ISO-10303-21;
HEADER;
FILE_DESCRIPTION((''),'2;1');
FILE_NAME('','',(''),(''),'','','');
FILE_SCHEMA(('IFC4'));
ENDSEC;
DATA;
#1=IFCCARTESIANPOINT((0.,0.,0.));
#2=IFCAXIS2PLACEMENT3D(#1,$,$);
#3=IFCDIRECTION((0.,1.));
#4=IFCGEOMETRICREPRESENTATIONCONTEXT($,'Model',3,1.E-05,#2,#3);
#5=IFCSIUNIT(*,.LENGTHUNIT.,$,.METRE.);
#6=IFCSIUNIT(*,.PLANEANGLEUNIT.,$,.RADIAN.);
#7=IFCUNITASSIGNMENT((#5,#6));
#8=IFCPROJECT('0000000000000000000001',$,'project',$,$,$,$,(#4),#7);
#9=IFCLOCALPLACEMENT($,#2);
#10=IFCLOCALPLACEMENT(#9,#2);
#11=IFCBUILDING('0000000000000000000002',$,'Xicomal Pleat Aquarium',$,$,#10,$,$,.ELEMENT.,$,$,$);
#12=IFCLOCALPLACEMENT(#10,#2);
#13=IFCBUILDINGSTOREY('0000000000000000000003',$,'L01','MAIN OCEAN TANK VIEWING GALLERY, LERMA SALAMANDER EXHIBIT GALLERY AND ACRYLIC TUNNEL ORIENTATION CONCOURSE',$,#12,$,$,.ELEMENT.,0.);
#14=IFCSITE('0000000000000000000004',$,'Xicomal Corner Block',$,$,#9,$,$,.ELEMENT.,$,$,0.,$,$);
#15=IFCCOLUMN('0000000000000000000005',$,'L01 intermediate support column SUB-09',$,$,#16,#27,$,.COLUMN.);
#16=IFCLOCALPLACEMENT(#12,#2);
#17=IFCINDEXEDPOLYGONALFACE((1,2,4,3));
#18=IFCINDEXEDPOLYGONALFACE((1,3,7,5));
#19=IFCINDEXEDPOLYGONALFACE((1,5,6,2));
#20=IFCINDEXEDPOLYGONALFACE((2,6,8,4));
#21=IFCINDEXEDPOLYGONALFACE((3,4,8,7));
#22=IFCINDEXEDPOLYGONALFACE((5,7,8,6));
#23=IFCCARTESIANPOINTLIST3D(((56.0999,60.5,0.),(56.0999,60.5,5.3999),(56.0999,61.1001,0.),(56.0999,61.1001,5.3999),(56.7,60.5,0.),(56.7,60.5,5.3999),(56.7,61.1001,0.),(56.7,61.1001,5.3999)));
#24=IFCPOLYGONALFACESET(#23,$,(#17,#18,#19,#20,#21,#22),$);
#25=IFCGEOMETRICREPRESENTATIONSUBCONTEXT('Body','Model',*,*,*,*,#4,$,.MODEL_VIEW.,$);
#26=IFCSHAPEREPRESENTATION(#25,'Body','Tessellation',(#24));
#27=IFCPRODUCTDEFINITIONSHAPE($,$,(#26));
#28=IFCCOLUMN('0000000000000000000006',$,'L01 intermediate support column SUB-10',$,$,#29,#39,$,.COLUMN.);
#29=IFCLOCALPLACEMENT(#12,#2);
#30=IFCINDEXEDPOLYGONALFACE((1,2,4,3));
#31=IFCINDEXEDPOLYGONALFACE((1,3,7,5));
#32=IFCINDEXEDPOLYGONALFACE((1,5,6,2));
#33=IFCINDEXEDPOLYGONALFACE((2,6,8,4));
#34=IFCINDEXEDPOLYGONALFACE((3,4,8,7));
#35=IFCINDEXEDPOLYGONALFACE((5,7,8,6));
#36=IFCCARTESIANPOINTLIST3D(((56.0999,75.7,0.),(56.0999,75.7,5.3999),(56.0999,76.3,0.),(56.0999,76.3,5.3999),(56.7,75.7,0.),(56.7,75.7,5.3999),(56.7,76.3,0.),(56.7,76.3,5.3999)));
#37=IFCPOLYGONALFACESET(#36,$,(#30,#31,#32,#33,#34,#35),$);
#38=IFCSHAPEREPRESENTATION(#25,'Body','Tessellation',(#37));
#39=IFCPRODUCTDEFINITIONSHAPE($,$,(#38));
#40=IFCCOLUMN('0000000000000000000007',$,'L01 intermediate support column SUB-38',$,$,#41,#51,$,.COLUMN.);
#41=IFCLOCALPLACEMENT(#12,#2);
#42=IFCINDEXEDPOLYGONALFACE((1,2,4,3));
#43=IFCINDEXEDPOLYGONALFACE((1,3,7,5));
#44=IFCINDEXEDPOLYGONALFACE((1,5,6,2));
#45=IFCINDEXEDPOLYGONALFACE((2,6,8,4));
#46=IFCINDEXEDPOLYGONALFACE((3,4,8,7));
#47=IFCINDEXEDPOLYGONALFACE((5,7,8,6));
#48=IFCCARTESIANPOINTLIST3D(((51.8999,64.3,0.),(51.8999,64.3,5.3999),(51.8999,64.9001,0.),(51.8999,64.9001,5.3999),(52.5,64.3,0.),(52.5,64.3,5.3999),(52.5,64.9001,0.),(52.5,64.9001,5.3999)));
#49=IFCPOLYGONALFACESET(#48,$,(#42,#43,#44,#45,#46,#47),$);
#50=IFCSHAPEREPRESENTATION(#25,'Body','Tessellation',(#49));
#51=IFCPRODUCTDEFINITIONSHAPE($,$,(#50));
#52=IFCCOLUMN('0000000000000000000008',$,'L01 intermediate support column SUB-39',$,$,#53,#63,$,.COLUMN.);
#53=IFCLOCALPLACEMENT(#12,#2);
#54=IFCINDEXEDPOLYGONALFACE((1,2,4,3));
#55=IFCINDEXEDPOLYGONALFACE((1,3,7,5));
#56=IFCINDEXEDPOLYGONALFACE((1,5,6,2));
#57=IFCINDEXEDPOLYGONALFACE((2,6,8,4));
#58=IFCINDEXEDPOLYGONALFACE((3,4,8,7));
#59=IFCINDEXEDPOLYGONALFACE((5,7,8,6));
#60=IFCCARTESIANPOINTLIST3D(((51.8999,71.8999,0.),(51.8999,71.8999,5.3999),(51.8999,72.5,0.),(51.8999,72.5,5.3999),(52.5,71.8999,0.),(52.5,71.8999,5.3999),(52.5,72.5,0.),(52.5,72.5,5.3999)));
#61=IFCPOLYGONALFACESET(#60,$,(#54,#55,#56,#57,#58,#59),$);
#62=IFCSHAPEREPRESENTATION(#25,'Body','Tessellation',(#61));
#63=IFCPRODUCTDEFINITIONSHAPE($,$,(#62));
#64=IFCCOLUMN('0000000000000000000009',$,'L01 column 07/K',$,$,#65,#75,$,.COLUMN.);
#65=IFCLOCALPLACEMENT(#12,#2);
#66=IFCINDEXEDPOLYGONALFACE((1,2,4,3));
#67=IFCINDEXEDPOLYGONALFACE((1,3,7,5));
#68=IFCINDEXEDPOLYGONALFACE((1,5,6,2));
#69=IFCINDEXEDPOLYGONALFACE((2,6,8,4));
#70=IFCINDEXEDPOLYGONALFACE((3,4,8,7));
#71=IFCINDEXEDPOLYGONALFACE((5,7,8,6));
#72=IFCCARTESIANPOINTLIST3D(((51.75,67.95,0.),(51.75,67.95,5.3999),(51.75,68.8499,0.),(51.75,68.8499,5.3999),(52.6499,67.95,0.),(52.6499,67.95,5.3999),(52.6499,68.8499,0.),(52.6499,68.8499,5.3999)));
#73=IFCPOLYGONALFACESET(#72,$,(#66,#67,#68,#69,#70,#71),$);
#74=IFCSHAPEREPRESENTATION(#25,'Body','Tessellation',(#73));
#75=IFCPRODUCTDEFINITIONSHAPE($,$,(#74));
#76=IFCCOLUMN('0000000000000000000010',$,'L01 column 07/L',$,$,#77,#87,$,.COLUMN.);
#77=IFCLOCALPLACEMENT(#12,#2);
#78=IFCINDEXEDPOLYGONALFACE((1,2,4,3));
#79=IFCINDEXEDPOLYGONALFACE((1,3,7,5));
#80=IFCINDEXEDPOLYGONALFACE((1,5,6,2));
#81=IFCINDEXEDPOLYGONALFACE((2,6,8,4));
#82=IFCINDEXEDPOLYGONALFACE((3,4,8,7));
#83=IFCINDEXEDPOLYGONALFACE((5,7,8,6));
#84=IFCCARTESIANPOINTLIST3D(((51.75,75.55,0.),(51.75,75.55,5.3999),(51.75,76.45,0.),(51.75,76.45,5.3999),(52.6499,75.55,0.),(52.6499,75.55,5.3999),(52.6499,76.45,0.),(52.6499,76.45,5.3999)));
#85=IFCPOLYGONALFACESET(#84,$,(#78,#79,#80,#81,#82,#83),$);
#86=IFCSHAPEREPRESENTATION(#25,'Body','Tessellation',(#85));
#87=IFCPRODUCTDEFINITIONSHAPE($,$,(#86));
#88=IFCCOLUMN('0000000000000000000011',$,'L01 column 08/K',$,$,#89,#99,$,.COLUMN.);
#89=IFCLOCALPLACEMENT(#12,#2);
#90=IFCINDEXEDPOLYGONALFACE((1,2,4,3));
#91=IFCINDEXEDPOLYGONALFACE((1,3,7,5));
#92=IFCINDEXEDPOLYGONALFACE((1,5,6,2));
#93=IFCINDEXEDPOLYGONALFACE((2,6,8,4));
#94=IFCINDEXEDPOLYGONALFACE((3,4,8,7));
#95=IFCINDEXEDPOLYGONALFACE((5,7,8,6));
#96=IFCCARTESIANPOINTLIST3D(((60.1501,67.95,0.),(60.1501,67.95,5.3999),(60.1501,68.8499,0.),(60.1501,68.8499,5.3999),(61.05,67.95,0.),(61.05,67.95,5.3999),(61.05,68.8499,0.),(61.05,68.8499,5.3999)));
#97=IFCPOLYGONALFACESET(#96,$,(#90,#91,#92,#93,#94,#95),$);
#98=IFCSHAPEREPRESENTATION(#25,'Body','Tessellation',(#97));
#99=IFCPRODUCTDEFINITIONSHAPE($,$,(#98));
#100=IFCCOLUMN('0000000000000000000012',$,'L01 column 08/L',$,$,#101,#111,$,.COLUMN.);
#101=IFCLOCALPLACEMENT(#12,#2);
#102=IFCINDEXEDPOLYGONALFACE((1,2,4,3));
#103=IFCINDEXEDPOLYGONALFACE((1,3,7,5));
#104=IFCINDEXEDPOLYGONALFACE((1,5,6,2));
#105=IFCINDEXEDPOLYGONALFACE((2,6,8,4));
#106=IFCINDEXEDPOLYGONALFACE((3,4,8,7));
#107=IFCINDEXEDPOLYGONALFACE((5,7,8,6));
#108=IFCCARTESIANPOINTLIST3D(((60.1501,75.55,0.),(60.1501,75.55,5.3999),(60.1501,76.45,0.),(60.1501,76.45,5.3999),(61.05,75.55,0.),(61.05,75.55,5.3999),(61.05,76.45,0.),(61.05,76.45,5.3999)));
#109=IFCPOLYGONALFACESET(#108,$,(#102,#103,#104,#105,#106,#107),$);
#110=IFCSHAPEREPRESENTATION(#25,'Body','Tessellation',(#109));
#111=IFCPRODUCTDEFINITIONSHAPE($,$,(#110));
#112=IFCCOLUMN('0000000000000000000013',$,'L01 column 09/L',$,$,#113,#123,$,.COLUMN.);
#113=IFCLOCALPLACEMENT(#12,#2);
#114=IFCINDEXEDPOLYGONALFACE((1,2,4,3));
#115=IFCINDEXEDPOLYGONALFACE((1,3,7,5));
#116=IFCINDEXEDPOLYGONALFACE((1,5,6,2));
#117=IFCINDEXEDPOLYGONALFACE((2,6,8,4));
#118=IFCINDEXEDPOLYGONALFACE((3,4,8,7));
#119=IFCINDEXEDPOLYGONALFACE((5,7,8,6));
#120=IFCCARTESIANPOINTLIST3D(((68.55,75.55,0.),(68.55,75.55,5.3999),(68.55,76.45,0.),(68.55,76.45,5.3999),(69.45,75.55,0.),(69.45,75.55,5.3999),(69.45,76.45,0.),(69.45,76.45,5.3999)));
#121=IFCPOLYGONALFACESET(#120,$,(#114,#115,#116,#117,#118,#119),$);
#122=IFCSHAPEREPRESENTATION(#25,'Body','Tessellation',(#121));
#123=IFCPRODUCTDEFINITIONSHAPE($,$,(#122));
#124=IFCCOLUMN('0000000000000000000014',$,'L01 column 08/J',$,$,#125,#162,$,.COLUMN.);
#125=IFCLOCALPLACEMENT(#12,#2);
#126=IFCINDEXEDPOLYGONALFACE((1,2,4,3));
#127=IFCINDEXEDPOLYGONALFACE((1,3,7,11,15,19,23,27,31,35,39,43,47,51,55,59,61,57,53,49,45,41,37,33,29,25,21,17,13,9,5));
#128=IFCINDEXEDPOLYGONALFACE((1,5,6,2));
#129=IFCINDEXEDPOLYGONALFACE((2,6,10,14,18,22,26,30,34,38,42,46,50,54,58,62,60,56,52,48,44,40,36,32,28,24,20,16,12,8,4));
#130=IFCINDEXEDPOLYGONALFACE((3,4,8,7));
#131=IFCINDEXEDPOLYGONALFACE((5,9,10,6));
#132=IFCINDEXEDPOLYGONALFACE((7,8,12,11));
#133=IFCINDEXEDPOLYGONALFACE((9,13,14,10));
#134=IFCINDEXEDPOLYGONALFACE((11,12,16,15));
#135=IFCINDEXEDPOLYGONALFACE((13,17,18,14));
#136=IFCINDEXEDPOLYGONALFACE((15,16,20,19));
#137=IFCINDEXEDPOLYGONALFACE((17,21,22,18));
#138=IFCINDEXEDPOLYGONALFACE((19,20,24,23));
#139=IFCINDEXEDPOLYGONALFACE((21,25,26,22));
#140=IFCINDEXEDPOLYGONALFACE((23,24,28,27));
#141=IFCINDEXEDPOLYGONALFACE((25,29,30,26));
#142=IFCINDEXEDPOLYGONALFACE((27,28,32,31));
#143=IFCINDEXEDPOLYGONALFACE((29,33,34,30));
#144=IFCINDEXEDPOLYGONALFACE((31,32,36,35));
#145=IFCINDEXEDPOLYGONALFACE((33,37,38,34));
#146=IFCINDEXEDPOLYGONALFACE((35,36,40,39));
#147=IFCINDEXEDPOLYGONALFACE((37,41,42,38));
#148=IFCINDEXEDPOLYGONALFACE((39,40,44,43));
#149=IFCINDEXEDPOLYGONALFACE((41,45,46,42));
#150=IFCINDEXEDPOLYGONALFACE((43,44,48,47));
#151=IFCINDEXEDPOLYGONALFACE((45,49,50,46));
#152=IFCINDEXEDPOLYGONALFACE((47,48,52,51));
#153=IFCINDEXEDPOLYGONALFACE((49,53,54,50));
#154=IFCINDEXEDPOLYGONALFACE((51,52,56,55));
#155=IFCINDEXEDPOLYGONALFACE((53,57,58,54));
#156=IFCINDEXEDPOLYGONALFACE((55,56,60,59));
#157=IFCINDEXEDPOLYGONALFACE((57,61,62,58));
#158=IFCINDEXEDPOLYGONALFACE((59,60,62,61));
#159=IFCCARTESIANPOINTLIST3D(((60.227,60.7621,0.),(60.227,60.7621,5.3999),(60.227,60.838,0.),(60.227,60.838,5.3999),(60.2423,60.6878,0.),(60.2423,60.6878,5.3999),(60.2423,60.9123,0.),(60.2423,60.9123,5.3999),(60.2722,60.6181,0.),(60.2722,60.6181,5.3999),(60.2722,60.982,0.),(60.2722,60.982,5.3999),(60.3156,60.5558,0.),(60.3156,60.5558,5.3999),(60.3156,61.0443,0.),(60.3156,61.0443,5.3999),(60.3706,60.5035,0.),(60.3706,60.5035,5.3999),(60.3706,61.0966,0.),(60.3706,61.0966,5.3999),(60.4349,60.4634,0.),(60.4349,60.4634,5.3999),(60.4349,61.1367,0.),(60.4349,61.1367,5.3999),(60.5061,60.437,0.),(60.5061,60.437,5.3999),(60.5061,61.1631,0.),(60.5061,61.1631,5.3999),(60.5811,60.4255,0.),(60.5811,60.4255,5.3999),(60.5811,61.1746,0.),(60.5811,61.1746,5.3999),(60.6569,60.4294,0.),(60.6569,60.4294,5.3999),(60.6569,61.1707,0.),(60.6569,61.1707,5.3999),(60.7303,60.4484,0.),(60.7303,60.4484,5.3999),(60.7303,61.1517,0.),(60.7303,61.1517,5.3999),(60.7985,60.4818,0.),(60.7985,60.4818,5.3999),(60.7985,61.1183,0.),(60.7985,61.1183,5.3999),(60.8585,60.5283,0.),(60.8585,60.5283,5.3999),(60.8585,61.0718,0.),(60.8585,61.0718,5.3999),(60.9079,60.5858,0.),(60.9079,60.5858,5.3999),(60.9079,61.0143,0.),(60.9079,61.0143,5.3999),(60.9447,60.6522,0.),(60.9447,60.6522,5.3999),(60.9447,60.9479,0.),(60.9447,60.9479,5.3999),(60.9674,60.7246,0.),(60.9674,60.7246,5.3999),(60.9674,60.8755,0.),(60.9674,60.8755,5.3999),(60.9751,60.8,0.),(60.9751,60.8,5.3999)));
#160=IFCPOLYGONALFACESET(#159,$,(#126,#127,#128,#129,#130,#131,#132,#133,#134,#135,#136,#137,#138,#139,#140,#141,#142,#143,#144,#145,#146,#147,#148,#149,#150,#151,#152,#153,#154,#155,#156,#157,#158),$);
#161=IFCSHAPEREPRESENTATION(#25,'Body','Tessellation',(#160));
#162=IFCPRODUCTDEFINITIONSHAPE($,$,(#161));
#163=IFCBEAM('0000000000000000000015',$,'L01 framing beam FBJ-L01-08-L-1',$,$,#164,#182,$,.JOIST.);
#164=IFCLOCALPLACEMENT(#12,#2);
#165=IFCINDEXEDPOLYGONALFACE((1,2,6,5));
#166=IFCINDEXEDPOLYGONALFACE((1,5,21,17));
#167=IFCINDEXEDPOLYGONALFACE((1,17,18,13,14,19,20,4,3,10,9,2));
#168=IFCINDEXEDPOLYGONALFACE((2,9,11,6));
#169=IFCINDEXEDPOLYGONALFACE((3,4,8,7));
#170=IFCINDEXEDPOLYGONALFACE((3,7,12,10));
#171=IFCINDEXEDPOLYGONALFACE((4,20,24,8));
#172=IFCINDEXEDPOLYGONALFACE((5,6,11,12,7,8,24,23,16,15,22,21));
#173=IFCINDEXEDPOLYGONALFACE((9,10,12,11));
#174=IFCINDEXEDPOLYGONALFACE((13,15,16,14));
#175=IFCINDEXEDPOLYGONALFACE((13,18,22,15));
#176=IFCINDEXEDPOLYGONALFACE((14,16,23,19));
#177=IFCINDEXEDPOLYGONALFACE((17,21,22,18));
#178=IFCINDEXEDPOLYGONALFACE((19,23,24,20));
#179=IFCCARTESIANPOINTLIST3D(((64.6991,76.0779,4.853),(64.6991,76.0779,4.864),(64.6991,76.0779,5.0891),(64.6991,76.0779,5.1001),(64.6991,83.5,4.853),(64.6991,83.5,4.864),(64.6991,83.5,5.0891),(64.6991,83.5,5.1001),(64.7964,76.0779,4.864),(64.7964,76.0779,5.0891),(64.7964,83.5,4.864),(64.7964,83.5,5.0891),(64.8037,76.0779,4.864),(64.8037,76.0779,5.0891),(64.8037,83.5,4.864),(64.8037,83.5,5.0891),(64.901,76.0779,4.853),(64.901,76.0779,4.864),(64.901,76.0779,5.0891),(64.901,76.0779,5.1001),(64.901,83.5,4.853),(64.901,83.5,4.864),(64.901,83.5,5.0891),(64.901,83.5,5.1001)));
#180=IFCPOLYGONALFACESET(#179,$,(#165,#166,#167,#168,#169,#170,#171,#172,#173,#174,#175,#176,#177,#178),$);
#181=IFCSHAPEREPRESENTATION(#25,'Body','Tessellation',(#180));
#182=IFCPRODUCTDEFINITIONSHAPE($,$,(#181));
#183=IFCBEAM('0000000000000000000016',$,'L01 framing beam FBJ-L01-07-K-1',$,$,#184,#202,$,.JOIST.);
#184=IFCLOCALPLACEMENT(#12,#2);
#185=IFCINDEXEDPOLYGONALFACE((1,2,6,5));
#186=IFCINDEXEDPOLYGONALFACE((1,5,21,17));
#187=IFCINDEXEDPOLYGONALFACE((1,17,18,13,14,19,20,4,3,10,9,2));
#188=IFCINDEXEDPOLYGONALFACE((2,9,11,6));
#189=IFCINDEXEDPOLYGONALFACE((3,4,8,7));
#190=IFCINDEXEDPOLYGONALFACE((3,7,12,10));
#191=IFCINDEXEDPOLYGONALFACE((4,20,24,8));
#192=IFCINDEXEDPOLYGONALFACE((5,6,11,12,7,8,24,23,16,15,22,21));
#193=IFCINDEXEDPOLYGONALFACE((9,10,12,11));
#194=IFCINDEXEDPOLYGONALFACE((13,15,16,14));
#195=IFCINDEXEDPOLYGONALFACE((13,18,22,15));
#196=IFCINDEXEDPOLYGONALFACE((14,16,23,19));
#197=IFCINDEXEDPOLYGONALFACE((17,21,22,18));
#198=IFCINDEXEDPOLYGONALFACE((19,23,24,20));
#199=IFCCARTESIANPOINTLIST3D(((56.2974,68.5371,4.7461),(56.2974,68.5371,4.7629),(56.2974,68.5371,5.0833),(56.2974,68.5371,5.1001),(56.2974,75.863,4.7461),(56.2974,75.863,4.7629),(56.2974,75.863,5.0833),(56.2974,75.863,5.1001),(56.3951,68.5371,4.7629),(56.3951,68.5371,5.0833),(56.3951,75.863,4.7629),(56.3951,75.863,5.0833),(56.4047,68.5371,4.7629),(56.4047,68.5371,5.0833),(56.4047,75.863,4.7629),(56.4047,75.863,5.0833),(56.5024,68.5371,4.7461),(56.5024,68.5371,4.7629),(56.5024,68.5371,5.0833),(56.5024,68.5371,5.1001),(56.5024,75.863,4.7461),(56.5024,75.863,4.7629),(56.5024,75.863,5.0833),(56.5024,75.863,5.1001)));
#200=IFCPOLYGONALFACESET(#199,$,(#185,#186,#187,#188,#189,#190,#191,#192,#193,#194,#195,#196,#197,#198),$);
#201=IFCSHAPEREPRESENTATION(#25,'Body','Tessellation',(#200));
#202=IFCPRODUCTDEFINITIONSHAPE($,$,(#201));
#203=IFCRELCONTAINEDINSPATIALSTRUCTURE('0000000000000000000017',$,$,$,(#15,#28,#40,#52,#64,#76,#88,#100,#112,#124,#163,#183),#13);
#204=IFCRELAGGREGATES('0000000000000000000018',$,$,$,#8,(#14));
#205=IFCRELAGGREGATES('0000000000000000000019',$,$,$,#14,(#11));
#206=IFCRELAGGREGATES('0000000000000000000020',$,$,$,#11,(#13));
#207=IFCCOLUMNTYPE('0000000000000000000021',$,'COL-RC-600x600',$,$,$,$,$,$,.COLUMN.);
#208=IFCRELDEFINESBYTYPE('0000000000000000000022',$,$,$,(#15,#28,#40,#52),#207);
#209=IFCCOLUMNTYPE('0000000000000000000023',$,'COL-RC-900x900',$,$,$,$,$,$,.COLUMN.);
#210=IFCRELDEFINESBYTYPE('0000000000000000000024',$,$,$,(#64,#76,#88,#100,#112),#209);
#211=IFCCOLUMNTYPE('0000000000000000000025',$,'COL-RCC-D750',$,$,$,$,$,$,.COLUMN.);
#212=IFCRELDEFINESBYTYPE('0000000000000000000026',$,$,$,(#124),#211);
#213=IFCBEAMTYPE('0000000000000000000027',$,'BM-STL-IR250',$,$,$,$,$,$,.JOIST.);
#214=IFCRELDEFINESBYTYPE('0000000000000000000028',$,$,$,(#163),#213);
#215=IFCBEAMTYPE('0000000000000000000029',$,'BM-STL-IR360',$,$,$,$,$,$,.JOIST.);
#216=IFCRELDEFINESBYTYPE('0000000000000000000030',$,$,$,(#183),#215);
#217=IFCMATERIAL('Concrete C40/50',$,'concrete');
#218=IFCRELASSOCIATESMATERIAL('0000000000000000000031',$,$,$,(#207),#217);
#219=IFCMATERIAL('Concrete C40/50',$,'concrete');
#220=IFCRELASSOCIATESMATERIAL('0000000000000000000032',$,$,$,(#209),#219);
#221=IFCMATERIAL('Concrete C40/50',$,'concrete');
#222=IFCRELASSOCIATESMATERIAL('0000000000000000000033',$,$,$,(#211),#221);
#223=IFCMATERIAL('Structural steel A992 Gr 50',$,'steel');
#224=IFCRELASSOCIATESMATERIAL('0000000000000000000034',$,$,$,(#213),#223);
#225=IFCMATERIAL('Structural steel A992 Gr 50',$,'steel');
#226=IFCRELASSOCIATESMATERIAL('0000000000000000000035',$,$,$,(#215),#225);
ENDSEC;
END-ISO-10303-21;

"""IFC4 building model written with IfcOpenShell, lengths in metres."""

from ifc_helpers import new_model, si_unit, direction, frame, origin, origin_2d, place, context, subcontext, project, spatial, rectangle, circle, i_section, extrude, material, material_profile, profile_set, type_object, element, save


model = new_model("IFC4")

# Units and contexts
model_context = context("Model", 3, precision=1e-05, world=origin(), true_north=direction((0.0, 1.0)))
body_context = subcontext(model_context, "Body", "Model", "MODEL_VIEW")
ifc_project = project(units=[si_unit("LENGTHUNIT", "METRE"), si_unit("PLANEANGLEUNIT", "RADIAN")], contexts=[model_context])

# Site, building, storey
site_placement = place(None, origin())
site = spatial("IfcSite", under=ifc_project, at=site_placement, Name="Xicomal Corner Block", CompositionType="ELEMENT", RefElevation=0.0)
building_placement = place(site_placement, origin())
building = spatial("IfcBuilding", under=site, at=building_placement, Name="Xicomal Pleat Aquarium", CompositionType="ELEMENT")
storey_placement = place(building_placement, origin())
storey = spatial("IfcBuildingStorey", under=building, at=storey_placement, Name="L01", Description="MAIN OCEAN TANK VIEWING GALLERY, LERMA SALAMANDER EXHIBIT GALLERY AND ACRYLIC TUNNEL ORIENTATION CONCOURSE", CompositionType="ELEMENT", Elevation=0.0)

# Columns
ifc_material_1 = material(Name="Concrete C40/50", Category="concrete")
ifc_material_profile_1 = material_profile(ifc_material_1, rectangle(XDim=0.6001, YDim=0.6001, at=origin_2d()), Name="RC 600x600")
ifc_profile_set_1 = profile_set([ifc_material_profile_1], Name="Concrete C40/50")
column_type_1 = type_object("IfcColumnType", Name="COL-RC-600x600", PredefinedType="COLUMN", material=ifc_profile_set_1)
for number, where, z_axis, x_axis, name in (
    (1, (56.3999, 60.8, 0.0), (0.0, 0.0, 1.0), (1.0, 0.0, 0.0), "L01 intermediate support column SUB-09"),
    (2, (56.3999, 76.0, 0.0), (0.0, 0.0, 1.0), (1.0, 0.0, 0.0), "L01 intermediate support column SUB-10"),
    (3, (52.2, 64.6001, 0.0), (0.0, 0.0, 1.0), (1.0, 0.0, 0.0), "L01 intermediate support column SUB-38"),
    (4, (52.2, 72.2, 0.0), (0.0, 0.0, 1.0), (1.0, 0.0, 0.0), "L01 intermediate support column SUB-39"),
):
    element("IfcColumn", number, at=place(storey_placement, frame(where, z_axis=z_axis, x_axis=x_axis)), inside=storey, type_object=column_type_1, Name=name, PredefinedType="COLUMN", context=body_context, shape_type="SweptSolid", body=[
        extrude(rectangle(XDim=0.6001, YDim=0.6001, at=origin_2d()), origin(), (0.0, 0.0, 1.0), 5.3999),
    ])
ifc_material_2 = material(Name="Concrete C40/50", Category="concrete")
ifc_material_profile_2 = material_profile(ifc_material_2, rectangle(XDim=0.8999, YDim=0.8999, at=origin_2d()), Name="RC 900x900")
ifc_profile_set_2 = profile_set([ifc_material_profile_2], Name="Concrete C40/50")
column_type_2 = type_object("IfcColumnType", Name="COL-RC-900x900", PredefinedType="COLUMN", material=ifc_profile_set_2)
for number, where, z_axis, x_axis, name in (
    (5, (52.2, 68.3999, 0.0), (0.0, 0.0, 1.0), (1.0, 0.0, 0.0), "L01 column 07/K"),
    (6, (52.2, 76.0, 0.0), (0.0, 0.0, 1.0), (1.0, 0.0, 0.0), "L01 column 07/L"),
    (7, (60.6001, 68.3999, 0.0), (0.0, 0.0, 1.0), (1.0, 0.0, 0.0), "L01 column 08/K"),
    (8, (60.6001, 76.0, 0.0), (0.0, 0.0, 1.0), (1.0, 0.0, 0.0), "L01 column 08/L"),
    (9, (69.0, 76.0, 0.0), (0.0, 0.0, 1.0), (1.0, 0.0, 0.0), "L01 column 09/L"),
):
    element("IfcColumn", number, at=place(storey_placement, frame(where, z_axis=z_axis, x_axis=x_axis)), inside=storey, type_object=column_type_2, Name=name, PredefinedType="COLUMN", context=body_context, shape_type="SweptSolid", body=[
        extrude(rectangle(XDim=0.8999, YDim=0.8999, at=origin_2d()), origin(), (0.0, 0.0, 1.0), 5.3999),
    ])
ifc_material_3 = material(Name="Concrete C40/50", Category="concrete")
ifc_material_profile_3 = material_profile(ifc_material_3, circle(Radius=0.375, at=origin_2d()), Name="RCC D750")
ifc_profile_set_3 = profile_set([ifc_material_profile_3], Name="Concrete C40/50")
column_type_3 = type_object("IfcColumnType", Name="COL-RCC-D750", PredefinedType="COLUMN", material=ifc_profile_set_3)
column_placement = place(storey_placement, frame((60.6001, 60.8, 0.0), z_axis=(0.0, 0.0, 1.0), x_axis=(1.0, 0.0, 0.0)))
element("IfcColumn", 10, at=column_placement, inside=storey, type_object=column_type_3, Name="L01 column 08/J", PredefinedType="COLUMN", context=body_context, shape_type="SweptSolid", body=[
    extrude(circle(Radius=0.375, at=origin_2d()), origin(), (0.0, 0.0, 1.0), 5.3999),
])

# Beams
ifc_material_4 = material(Name="Structural steel A992 Gr 50", Category="steel")
ifc_material_profile_4 = material_profile(ifc_material_4, i_section(OverallWidth=0.2019, OverallDepth=0.2471, WebThickness=0.0073, FlangeThickness=0.011, at=origin_2d()), Name="IR 250x49")
ifc_profile_set_4 = profile_set([ifc_material_profile_4], Name="Structural steel A992 Gr 50")
beam_type_1 = type_object("IfcBeamType", Name="BM-STL-IR250", PredefinedType="JOIST", material=ifc_profile_set_4)
beam_1_placement = place(storey_placement, frame((64.8, 76.0779, 4.9766), z_axis=(0.0, 1.0, 0.0), x_axis=(-1.0, 0.0, 0.0)))
element("IfcBeam", 11, at=beam_1_placement, inside=storey, type_object=beam_type_1, Name="L01 framing beam FBJ-L01-08-L-1", PredefinedType="JOIST", context=body_context, shape_type="SweptSolid", body=[
    extrude(i_section(OverallWidth=0.2019, OverallDepth=0.2471, WebThickness=0.0073, FlangeThickness=0.011, at=origin_2d()), origin(), (0.0, 0.0, 1.0), 7.4221),
])
ifc_material_5 = material(Name="Structural steel A992 Gr 50", Category="steel")
ifc_material_profile_5 = material_profile(ifc_material_5, i_section(OverallWidth=0.2051, OverallDepth=0.354, WebThickness=0.0095, FlangeThickness=0.0168, at=origin_2d()), Name="IR 360x79")
ifc_profile_set_5 = profile_set([ifc_material_profile_5], Name="Structural steel A992 Gr 50")
beam_type_2 = type_object("IfcBeamType", Name="BM-STL-IR360", PredefinedType="JOIST", material=ifc_profile_set_5)
beam_2_placement = place(storey_placement, frame((56.3999, 68.5371, 4.9231), z_axis=(0.0, 1.0, 0.0), x_axis=(-1.0, 0.0, 0.0)))
element("IfcBeam", 12, at=beam_2_placement, inside=storey, type_object=beam_type_2, Name="L01 framing beam FBJ-L01-07-K-1", PredefinedType="JOIST", context=body_context, shape_type="SweptSolid", body=[
    extrude(i_section(OverallWidth=0.2051, OverallDepth=0.354, WebThickness=0.0095, FlangeThickness=0.0168, at=origin_2d()), origin(), (0.0, 0.0, 1.0), 7.3259),
])

save(model, "model.ifc")
